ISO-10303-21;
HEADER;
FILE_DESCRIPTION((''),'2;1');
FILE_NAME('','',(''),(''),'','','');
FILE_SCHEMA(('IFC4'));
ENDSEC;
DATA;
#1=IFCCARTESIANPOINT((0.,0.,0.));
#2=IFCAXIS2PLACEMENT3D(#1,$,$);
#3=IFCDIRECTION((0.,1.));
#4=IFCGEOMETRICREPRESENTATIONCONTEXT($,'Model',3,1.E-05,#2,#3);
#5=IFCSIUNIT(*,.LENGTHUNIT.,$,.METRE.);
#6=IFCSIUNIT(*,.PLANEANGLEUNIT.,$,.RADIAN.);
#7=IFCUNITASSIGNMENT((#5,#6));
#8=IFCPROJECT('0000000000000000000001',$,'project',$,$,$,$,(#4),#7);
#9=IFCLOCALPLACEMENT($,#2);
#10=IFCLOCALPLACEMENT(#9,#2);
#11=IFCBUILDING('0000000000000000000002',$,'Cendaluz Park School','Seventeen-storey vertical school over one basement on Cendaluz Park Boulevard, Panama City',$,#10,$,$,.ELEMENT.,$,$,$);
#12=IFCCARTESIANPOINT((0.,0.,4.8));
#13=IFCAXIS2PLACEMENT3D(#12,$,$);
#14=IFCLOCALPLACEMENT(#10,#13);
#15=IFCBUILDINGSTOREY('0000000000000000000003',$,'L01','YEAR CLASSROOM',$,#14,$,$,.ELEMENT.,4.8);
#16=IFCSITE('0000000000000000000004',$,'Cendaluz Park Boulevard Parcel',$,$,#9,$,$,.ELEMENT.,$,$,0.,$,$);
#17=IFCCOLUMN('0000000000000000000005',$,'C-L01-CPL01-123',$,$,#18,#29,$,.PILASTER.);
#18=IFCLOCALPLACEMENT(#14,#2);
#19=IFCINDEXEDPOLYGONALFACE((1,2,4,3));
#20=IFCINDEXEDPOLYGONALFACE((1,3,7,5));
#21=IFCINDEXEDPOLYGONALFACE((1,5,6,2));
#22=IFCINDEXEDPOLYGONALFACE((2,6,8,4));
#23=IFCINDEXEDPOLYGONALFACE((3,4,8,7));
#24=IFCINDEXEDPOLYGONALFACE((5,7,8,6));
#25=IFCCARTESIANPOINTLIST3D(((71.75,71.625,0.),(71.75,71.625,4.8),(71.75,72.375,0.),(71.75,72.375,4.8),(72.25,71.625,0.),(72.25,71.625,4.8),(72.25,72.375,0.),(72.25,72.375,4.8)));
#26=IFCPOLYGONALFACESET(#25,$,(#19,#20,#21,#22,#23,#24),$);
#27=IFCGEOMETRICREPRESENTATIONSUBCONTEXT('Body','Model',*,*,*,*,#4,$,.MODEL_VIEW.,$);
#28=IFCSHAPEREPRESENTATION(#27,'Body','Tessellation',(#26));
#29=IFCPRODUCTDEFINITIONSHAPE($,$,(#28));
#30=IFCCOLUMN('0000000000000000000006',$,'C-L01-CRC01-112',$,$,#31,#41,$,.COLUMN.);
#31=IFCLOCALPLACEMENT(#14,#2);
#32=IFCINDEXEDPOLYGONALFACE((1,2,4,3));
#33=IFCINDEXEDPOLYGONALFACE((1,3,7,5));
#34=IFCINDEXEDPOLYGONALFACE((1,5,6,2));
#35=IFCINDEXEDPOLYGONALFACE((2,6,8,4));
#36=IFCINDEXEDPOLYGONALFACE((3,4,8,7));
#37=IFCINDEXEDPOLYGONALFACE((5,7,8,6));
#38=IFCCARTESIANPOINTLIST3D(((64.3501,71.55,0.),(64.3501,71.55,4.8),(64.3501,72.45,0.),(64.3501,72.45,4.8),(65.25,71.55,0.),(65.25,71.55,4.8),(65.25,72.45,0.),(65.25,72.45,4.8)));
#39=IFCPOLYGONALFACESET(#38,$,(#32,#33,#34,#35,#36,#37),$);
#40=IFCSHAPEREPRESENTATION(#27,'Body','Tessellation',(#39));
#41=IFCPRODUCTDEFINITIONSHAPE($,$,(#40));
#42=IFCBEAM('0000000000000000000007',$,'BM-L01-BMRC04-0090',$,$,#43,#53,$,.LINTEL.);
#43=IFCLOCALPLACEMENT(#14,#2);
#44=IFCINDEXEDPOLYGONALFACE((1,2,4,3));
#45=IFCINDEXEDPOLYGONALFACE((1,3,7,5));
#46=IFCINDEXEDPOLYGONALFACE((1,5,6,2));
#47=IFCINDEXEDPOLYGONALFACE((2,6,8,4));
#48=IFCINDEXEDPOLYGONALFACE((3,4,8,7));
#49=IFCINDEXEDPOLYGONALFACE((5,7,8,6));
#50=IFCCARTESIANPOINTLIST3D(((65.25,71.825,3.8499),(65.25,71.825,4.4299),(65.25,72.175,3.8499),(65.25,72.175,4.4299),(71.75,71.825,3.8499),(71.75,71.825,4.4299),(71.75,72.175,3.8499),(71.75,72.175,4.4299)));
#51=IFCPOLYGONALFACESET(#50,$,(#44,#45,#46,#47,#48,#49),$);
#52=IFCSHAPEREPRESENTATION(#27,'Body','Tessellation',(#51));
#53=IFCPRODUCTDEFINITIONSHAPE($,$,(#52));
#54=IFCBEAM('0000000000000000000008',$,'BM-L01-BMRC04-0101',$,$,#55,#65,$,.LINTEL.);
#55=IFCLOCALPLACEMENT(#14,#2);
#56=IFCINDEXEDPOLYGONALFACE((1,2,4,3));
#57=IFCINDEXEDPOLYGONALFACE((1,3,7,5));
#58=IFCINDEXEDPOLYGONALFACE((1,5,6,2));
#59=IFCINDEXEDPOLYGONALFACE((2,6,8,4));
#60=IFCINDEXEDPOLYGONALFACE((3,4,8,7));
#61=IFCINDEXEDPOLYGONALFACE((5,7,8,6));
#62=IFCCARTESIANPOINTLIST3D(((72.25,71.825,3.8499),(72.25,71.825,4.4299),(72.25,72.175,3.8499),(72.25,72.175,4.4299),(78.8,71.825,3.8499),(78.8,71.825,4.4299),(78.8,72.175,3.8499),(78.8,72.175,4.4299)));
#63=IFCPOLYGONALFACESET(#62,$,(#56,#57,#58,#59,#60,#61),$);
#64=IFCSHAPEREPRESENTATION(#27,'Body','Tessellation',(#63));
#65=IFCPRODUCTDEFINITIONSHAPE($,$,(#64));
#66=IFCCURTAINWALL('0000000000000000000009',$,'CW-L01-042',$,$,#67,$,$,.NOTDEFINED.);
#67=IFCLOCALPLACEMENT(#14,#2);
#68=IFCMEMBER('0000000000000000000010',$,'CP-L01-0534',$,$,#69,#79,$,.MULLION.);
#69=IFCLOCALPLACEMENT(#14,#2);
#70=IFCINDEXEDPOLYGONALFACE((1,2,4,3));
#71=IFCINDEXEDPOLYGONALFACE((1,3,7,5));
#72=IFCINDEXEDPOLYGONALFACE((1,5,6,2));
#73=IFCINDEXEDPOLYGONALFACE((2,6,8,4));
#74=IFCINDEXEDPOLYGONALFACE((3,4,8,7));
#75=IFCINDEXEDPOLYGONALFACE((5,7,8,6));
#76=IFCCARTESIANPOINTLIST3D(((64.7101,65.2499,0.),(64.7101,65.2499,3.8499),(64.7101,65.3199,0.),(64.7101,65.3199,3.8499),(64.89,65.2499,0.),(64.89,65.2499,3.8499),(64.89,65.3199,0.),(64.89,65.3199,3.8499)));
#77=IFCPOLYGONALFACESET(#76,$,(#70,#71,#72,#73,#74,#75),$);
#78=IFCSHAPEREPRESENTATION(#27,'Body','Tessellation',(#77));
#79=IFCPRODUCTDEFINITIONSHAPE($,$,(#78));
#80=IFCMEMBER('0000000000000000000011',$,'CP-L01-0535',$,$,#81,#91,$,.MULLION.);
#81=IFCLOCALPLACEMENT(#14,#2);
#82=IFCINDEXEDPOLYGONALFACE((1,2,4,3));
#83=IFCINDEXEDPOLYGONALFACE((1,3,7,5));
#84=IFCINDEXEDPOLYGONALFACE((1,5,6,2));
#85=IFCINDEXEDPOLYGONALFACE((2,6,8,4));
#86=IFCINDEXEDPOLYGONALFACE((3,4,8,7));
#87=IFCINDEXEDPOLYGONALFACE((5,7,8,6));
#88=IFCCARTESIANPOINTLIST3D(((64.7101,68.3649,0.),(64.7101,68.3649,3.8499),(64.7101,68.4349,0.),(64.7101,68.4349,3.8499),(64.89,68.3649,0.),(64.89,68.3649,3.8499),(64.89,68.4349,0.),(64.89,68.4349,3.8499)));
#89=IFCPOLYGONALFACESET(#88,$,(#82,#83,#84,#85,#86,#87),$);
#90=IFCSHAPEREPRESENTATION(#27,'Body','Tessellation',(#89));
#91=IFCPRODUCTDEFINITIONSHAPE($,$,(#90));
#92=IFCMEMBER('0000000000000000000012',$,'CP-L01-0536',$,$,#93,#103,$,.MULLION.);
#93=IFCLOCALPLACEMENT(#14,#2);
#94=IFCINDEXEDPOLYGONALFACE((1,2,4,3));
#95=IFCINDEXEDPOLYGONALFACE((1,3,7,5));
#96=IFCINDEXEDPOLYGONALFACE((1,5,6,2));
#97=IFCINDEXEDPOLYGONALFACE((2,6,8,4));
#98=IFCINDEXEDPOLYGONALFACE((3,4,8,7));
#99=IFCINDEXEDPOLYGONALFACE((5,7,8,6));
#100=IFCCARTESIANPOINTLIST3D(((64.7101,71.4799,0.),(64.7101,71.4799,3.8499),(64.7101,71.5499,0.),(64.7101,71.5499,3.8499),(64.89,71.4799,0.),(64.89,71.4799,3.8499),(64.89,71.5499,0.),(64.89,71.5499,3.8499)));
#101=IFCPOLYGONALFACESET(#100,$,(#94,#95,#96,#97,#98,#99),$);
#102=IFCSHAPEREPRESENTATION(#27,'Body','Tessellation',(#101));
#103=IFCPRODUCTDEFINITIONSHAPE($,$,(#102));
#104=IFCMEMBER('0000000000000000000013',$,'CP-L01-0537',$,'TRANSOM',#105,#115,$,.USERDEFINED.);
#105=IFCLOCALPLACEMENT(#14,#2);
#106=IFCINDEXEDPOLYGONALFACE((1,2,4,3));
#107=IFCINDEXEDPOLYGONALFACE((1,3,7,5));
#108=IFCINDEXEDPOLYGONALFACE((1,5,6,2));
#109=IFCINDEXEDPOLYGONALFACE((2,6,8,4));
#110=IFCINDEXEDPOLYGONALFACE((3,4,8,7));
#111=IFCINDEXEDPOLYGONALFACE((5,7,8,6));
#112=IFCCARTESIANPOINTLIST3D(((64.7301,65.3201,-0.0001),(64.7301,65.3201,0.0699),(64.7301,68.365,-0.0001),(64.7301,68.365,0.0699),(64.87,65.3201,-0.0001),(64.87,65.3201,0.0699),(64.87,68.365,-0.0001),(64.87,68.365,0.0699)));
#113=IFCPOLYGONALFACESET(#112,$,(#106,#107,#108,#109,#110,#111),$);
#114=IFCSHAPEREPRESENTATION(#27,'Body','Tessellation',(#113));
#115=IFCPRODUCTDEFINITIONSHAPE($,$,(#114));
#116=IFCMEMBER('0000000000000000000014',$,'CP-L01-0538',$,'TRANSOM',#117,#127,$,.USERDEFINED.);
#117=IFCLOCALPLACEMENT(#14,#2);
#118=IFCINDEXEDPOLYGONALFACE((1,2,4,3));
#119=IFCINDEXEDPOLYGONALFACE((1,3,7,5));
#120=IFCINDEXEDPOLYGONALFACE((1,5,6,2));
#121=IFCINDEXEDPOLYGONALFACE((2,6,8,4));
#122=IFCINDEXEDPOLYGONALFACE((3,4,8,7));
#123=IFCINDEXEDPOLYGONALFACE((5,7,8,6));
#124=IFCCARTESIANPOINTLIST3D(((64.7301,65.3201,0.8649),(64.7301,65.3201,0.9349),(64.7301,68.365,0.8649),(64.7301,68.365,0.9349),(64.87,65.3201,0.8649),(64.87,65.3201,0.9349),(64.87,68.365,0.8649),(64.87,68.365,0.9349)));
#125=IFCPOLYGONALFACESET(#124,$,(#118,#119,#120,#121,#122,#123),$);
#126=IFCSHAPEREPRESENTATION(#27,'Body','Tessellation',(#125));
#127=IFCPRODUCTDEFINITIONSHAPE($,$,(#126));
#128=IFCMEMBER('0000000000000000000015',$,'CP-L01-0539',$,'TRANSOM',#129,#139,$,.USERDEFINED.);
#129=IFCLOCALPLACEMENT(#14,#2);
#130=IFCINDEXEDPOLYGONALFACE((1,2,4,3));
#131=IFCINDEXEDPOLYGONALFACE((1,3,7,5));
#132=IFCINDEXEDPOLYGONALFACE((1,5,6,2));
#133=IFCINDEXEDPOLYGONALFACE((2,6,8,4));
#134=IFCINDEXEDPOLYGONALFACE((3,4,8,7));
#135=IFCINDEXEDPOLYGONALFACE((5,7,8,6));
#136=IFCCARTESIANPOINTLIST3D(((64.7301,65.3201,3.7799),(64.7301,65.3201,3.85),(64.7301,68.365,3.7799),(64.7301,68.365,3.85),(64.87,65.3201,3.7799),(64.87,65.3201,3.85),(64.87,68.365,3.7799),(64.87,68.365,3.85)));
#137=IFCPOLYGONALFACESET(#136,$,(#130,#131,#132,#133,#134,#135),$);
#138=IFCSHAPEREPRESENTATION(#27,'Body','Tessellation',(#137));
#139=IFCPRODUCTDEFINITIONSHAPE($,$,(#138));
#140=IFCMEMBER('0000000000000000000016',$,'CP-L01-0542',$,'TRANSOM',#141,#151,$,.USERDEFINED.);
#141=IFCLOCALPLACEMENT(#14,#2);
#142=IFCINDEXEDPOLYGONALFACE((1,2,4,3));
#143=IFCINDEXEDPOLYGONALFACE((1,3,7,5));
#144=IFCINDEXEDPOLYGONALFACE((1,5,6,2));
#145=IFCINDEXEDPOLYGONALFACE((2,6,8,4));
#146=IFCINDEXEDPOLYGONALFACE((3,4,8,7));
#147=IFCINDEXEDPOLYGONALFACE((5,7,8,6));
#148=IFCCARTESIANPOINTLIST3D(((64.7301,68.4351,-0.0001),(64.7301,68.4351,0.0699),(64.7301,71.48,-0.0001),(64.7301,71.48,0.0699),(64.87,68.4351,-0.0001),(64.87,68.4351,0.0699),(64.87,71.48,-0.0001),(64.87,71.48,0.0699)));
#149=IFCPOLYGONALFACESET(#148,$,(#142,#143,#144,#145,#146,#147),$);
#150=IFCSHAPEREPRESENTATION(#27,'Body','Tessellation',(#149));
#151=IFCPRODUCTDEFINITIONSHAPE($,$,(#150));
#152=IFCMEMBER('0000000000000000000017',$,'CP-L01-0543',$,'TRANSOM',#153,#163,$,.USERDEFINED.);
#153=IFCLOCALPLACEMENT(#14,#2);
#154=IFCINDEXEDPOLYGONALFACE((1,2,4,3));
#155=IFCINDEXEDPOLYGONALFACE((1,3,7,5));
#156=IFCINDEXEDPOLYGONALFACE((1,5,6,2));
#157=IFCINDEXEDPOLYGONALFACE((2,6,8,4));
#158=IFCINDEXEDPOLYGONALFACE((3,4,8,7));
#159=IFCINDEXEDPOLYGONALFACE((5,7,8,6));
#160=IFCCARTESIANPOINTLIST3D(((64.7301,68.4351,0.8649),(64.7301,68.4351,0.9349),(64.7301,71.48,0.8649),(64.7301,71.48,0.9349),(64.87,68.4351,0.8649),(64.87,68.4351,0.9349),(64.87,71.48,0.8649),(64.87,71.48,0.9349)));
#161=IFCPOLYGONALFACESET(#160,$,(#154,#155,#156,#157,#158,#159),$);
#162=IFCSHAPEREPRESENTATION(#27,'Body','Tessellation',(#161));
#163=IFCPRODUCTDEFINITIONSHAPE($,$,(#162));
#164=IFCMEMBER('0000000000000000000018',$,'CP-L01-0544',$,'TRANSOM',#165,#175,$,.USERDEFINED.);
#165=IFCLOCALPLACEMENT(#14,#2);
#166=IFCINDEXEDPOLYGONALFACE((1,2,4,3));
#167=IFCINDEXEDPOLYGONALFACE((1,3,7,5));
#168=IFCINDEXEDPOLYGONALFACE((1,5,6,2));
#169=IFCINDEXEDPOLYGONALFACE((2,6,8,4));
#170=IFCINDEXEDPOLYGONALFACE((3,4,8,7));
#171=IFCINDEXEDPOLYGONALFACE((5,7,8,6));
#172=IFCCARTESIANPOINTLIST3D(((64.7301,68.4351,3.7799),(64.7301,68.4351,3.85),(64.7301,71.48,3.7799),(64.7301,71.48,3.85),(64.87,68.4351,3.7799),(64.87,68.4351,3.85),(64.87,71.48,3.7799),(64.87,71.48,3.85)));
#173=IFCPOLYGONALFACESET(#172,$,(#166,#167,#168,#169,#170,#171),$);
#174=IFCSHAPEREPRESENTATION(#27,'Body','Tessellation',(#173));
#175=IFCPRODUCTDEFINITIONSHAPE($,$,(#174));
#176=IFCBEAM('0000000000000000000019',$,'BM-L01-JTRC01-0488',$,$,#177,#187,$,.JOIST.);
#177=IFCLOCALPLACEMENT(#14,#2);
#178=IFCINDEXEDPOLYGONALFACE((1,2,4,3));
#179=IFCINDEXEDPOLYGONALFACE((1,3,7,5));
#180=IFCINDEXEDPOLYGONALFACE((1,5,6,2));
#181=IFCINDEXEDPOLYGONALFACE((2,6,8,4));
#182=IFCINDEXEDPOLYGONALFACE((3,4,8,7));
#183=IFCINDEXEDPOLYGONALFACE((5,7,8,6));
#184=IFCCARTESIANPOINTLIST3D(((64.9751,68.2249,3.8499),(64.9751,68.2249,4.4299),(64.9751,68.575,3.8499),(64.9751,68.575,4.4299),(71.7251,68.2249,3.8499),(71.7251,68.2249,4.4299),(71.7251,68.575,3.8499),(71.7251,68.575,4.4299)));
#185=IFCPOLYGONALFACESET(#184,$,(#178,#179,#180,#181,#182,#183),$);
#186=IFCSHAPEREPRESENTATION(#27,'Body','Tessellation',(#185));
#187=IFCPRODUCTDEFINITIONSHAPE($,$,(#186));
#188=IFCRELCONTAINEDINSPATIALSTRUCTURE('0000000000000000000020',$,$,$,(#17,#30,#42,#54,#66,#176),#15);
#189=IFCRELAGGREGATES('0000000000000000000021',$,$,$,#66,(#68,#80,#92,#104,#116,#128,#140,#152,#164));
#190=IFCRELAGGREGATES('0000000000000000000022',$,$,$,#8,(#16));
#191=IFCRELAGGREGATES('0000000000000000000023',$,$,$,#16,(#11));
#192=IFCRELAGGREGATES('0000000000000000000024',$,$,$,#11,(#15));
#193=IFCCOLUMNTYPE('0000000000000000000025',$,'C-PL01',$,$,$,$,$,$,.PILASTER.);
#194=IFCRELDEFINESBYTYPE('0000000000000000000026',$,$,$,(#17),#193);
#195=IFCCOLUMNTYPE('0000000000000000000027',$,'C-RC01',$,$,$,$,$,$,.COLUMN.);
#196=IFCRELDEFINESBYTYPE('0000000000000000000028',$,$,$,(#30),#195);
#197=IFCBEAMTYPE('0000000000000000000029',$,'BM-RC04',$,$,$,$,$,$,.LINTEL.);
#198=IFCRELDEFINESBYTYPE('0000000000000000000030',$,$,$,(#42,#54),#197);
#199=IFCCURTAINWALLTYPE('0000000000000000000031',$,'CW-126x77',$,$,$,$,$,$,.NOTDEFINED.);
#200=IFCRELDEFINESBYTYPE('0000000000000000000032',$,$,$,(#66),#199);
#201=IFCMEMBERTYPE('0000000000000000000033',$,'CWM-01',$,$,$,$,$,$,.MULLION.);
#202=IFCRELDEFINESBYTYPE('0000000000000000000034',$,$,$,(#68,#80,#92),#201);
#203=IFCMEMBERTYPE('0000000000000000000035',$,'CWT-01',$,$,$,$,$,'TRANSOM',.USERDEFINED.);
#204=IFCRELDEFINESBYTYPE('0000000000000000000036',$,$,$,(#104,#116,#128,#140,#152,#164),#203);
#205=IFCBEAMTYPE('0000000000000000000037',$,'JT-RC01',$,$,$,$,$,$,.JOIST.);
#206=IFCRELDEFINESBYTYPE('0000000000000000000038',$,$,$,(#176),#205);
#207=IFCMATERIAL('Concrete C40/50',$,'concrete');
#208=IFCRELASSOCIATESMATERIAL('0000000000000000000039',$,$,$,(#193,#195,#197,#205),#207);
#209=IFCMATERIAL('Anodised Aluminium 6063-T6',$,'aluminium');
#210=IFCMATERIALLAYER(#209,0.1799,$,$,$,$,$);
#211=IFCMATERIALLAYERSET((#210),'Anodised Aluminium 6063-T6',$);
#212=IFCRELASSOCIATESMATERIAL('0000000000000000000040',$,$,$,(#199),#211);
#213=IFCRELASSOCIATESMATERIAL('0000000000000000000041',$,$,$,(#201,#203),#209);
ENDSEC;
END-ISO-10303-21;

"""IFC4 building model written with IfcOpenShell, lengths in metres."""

from ifc_helpers import new_model, si_unit, direction, frame, origin, origin_2d, place, context, subcontext, project, spatial, rectangle, extrude, material, layer, layer_set, material_profile, profile_set, type_object, element, aggregate, save


model = new_model("IFC4")

# Units and contexts
model_context = context("Model", 3, precision=1e-05, world=origin(), true_north=direction((0.0, 1.0)))
body_context = subcontext(model_context, "Body", "Model", "MODEL_VIEW")
ifc_project = project(units=[si_unit("LENGTHUNIT", "METRE"), si_unit("PLANEANGLEUNIT", "RADIAN")], contexts=[model_context])

# Site, building, storey
site_placement = place(None, origin())
site = spatial("IfcSite", under=ifc_project, at=site_placement, Name="Cendaluz Park Boulevard Parcel", CompositionType="ELEMENT", RefElevation=0.0)
building_placement = place(site_placement, origin())
building = spatial("IfcBuilding", under=site, at=building_placement, Name="Cendaluz Park School", Description="Seventeen-storey vertical school over one basement on Cendaluz Park Boulevard, Panama City", CompositionType="ELEMENT")
storey_placement = place(building_placement, frame((0.0, 0.0, 4.8)))
storey = spatial("IfcBuildingStorey", under=building, at=storey_placement, Name="L01", Description="YEAR CLASSROOM", CompositionType="ELEMENT", Elevation=4.8)

# Columns
ifc_material_1 = material(Name="Concrete C40/50", Category="concrete")
ifc_material_profile_1 = material_profile(ifc_material_1, rectangle(XDim=0.5, YDim=0.75, at=origin_2d()), Name="RC 500x750", Category="concrete")
ifc_profile_set_1 = profile_set([ifc_material_profile_1], Name="Concrete C40/50")
column_type_1 = type_object("IfcColumnType", Name="C-PL01", PredefinedType="PILASTER", material=ifc_profile_set_1)
column_1_placement = place(storey_placement, frame((72.0, 72.0, 0.0), z_axis=(0.0, 0.0, 1.0), x_axis=(1.0, 0.0, 0.0)))
element("IfcColumn", 1, at=column_1_placement, inside=storey, type_object=column_type_1, Name="C-L01-CPL01-123", PredefinedType="PILASTER", context=body_context, shape_type="SweptSolid", body=[
    extrude(rectangle(XDim=0.5, YDim=0.75, at=origin_2d()), origin(), (0.0, 0.0, 1.0), 4.8),
])
ifc_material_profile_2 = material_profile(ifc_material_1, rectangle(XDim=0.8999, YDim=0.8999, at=origin_2d()), Name="RC 900x900", Category="concrete")
ifc_profile_set_2 = profile_set([ifc_material_profile_2], Name="Concrete C40/50")
column_type_2 = type_object("IfcColumnType", Name="C-RC01", PredefinedType="COLUMN", material=ifc_profile_set_2)
column_2_placement = place(storey_placement, frame((64.8, 72.0, 0.0), z_axis=(0.0, 0.0, 1.0), x_axis=(1.0, 0.0, 0.0)))
element("IfcColumn", 2, at=column_2_placement, inside=storey, type_object=column_type_2, Name="C-L01-CRC01-112", PredefinedType="COLUMN", context=body_context, shape_type="SweptSolid", body=[
    extrude(rectangle(XDim=0.8999, YDim=0.8999, at=origin_2d()), origin(), (0.0, 0.0, 1.0), 4.8),
])

# Beams
ifc_material_profile_3 = material_profile(ifc_material_1, rectangle(XDim=0.3501, YDim=0.5801, at=origin_2d()), Name="RC 350x580", Category="concrete")
ifc_profile_set_3 = profile_set([ifc_material_profile_3], Name="Concrete C40/50")
beam_type_1 = type_object("IfcBeamType", Name="BM-RC04", PredefinedType="LINTEL", material=ifc_profile_set_3)
beam_1_placement = place(storey_placement, frame((65.25, 72.0, 4.1399), z_axis=(1.0, 0.0, 0.0), x_axis=(0.0, 1.0, 0.0)))
element("IfcBeam", 3, at=beam_1_placement, inside=storey, type_object=beam_type_1, Name="BM-L01-BMRC04-0090", PredefinedType="LINTEL", context=body_context, shape_type="SweptSolid", body=[
    extrude(rectangle(XDim=0.3501, YDim=0.5801, at=origin_2d()), origin(), (0.0, 0.0, 1.0), 6.5),
])
beam_2_placement = place(storey_placement, frame((72.25, 72.0, 4.1399), z_axis=(1.0, 0.0, 0.0), x_axis=(0.0, 1.0, 0.0)))
element("IfcBeam", 4, at=beam_2_placement, inside=storey, type_object=beam_type_1, Name="BM-L01-BMRC04-0101", PredefinedType="LINTEL", context=body_context, shape_type="SweptSolid", body=[
    extrude(rectangle(XDim=0.3501, YDim=0.5801, at=origin_2d()), origin(), (0.0, 0.0, 1.0), 6.55),
])

# Curtain wall, members
ifc_material_2 = material(Name="Anodised Aluminium 6063-T6", Category="aluminium")
ifc_layer_1 = layer(ifc_material_2, 0.1799)
ifc_layer_set_1 = layer_set([ifc_layer_1], Name="Anodised Aluminium 6063-T6")
curtain_wall_type = type_object("IfcCurtainWallType", Name="CW-126x77", PredefinedType="NOTDEFINED", material=ifc_layer_set_1)
curtain_wall_placement = place(storey_placement, origin())
curtain_wall = element("IfcCurtainWall", 5, at=curtain_wall_placement, inside=storey, type_object=curtain_wall_type, Name="CW-L01-042", PredefinedType="NOTDEFINED")
ifc_material_profile_4 = material_profile(ifc_material_2, rectangle(XDim=0.1799, YDim=0.0701, at=origin_2d()), Name="CWM 180x70", Category="aluminium")
ifc_profile_set_4 = profile_set([ifc_material_profile_4], Name="Anodised Aluminium 6063-T6")
member_type_1 = type_object("IfcMemberType", Name="CWM-01", PredefinedType="MULLION", material=ifc_profile_set_4)
member_1_placement = place(storey_placement, frame((64.8, 65.2849, 0.0), z_axis=(0.0, 0.0, 1.0), x_axis=(-1.0, 0.0, 0.0)))
member_1 = element("IfcMember", 6, at=member_1_placement, type_object=member_type_1, Name="CP-L01-0534", PredefinedType="MULLION", context=body_context, shape_type="SweptSolid", body=[
    extrude(rectangle(XDim=0.1799, YDim=0.0701, at=origin_2d()), origin(), (0.0, 0.0, 1.0), 3.8499),
])
member_2_placement = place(storey_placement, frame((64.8, 68.3999, 0.0), z_axis=(0.0, 0.0, 1.0), x_axis=(-1.0, 0.0, 0.0)))
member_2 = element("IfcMember", 7, at=member_2_placement, type_object=member_type_1, Name="CP-L01-0535", PredefinedType="MULLION", context=body_context, shape_type="SweptSolid", body=[
    extrude(rectangle(XDim=0.1799, YDim=0.0701, at=origin_2d()), origin(), (0.0, 0.0, 1.0), 3.8499),
])
member_3_placement = place(storey_placement, frame((64.8, 71.5149, 0.0), z_axis=(0.0, 0.0, 1.0), x_axis=(-1.0, 0.0, 0.0)))
member_3 = element("IfcMember", 8, at=member_3_placement, type_object=member_type_1, Name="CP-L01-0536", PredefinedType="MULLION", context=body_context, shape_type="SweptSolid", body=[
    extrude(rectangle(XDim=0.1799, YDim=0.0701, at=origin_2d()), origin(), (0.0, 0.0, 1.0), 3.8499),
])
ifc_material_profile_5 = material_profile(ifc_material_2, rectangle(XDim=0.1399, YDim=0.0701, at=origin_2d()), Name="CWT 140x70", Category="aluminium")
ifc_profile_set_5 = profile_set([ifc_material_profile_5], Name="Anodised Aluminium 6063-T6")
member_type_2 = type_object("IfcMemberType", Name="CWT-01", ElementType="TRANSOM", PredefinedType="USERDEFINED", material=ifc_profile_set_5)
member_4_placement = place(storey_placement, frame((64.8, 65.3201, 0.0349), z_axis=(0.0, 1.0, 0.0), x_axis=(-1.0, 0.0, 0.0)))
member_4 = element("IfcMember", 9, at=member_4_placement, type_object=member_type_2, Name="CP-L01-0537", ObjectType="TRANSOM", PredefinedType="USERDEFINED", context=body_context, shape_type="SweptSolid", body=[
    extrude(rectangle(XDim=0.1399, YDim=0.0701, at=origin_2d()), origin(), (0.0, 0.0, 1.0), 3.0449),
])
member_5_placement = place(storey_placement, frame((64.8, 65.3201, 0.8999), z_axis=(0.0, 1.0, 0.0), x_axis=(-1.0, 0.0, 0.0)))
member_5 = element("IfcMember", 10, at=member_5_placement, type_object=member_type_2, Name="CP-L01-0538", ObjectType="TRANSOM", PredefinedType="USERDEFINED", context=body_context, shape_type="SweptSolid", body=[
    extrude(rectangle(XDim=0.1399, YDim=0.0701, at=origin_2d()), origin(), (0.0, 0.0, 1.0), 3.0449),
])
member_6_placement = place(storey_placement, frame((64.8, 65.3201, 3.8149), z_axis=(0.0, 1.0, 0.0), x_axis=(-1.0, 0.0, 0.0)))
member_6 = element("IfcMember", 11, at=member_6_placement, type_object=member_type_2, Name="CP-L01-0539", ObjectType="TRANSOM", PredefinedType="USERDEFINED", context=body_context, shape_type="SweptSolid", body=[
    extrude(rectangle(XDim=0.1399, YDim=0.0701, at=origin_2d()), origin(), (0.0, 0.0, 1.0), 3.0449),
])
member_7_placement = place(storey_placement, frame((64.8, 68.4351, 0.0349), z_axis=(0.0, 1.0, 0.0), x_axis=(-1.0, 0.0, 0.0)))
member_7 = element("IfcMember", 12, at=member_7_placement, type_object=member_type_2, Name="CP-L01-0542", ObjectType="TRANSOM", PredefinedType="USERDEFINED", context=body_context, shape_type="SweptSolid", body=[
    extrude(rectangle(XDim=0.1399, YDim=0.0701, at=origin_2d()), origin(), (0.0, 0.0, 1.0), 3.0449),
])
member_8_placement = place(storey_placement, frame((64.8, 68.4351, 0.8999), z_axis=(0.0, 1.0, 0.0), x_axis=(-1.0, 0.0, 0.0)))
member_8 = element("IfcMember", 13, at=member_8_placement, type_object=member_type_2, Name="CP-L01-0543", ObjectType="TRANSOM", PredefinedType="USERDEFINED", context=body_context, shape_type="SweptSolid", body=[
    extrude(rectangle(XDim=0.1399, YDim=0.0701, at=origin_2d()), origin(), (0.0, 0.0, 1.0), 3.0449),
])
member_9_placement = place(storey_placement, frame((64.8, 68.4351, 3.8149), z_axis=(0.0, 1.0, 0.0), x_axis=(-1.0, 0.0, 0.0)))
member_9 = element("IfcMember", 14, at=member_9_placement, type_object=member_type_2, Name="CP-L01-0544", ObjectType="TRANSOM", PredefinedType="USERDEFINED", context=body_context, shape_type="SweptSolid", body=[
    extrude(rectangle(XDim=0.1399, YDim=0.0701, at=origin_2d()), origin(), (0.0, 0.0, 1.0), 3.0449),
])

# Beam
ifc_material_profile_6 = material_profile(ifc_material_1, rectangle(XDim=0.3501, YDim=0.5801, at=origin_2d()), Name="RC 350x580", Category="concrete")
ifc_profile_set_6 = profile_set([ifc_material_profile_6], Name="Concrete C40/50")
beam_type_2 = type_object("IfcBeamType", Name="JT-RC01", PredefinedType="JOIST", material=ifc_profile_set_6)
beam_3_placement = place(storey_placement, frame((64.9751, 68.3999, 4.1399), z_axis=(1.0, 0.0, 0.0), x_axis=(0.0, 1.0, 0.0)))
element("IfcBeam", 15, at=beam_3_placement, inside=storey, type_object=beam_type_2, Name="BM-L01-JTRC01-0488", PredefinedType="JOIST", context=body_context, shape_type="SweptSolid", body=[
    extrude(rectangle(XDim=0.3501, YDim=0.5801, at=origin_2d()), origin(), (0.0, 0.0, 1.0), 6.75),
])

aggregate(curtain_wall, [member_1, member_2, member_3, member_4, member_5, member_6, member_7, member_8, member_9])

save(model, "model.ifc")
